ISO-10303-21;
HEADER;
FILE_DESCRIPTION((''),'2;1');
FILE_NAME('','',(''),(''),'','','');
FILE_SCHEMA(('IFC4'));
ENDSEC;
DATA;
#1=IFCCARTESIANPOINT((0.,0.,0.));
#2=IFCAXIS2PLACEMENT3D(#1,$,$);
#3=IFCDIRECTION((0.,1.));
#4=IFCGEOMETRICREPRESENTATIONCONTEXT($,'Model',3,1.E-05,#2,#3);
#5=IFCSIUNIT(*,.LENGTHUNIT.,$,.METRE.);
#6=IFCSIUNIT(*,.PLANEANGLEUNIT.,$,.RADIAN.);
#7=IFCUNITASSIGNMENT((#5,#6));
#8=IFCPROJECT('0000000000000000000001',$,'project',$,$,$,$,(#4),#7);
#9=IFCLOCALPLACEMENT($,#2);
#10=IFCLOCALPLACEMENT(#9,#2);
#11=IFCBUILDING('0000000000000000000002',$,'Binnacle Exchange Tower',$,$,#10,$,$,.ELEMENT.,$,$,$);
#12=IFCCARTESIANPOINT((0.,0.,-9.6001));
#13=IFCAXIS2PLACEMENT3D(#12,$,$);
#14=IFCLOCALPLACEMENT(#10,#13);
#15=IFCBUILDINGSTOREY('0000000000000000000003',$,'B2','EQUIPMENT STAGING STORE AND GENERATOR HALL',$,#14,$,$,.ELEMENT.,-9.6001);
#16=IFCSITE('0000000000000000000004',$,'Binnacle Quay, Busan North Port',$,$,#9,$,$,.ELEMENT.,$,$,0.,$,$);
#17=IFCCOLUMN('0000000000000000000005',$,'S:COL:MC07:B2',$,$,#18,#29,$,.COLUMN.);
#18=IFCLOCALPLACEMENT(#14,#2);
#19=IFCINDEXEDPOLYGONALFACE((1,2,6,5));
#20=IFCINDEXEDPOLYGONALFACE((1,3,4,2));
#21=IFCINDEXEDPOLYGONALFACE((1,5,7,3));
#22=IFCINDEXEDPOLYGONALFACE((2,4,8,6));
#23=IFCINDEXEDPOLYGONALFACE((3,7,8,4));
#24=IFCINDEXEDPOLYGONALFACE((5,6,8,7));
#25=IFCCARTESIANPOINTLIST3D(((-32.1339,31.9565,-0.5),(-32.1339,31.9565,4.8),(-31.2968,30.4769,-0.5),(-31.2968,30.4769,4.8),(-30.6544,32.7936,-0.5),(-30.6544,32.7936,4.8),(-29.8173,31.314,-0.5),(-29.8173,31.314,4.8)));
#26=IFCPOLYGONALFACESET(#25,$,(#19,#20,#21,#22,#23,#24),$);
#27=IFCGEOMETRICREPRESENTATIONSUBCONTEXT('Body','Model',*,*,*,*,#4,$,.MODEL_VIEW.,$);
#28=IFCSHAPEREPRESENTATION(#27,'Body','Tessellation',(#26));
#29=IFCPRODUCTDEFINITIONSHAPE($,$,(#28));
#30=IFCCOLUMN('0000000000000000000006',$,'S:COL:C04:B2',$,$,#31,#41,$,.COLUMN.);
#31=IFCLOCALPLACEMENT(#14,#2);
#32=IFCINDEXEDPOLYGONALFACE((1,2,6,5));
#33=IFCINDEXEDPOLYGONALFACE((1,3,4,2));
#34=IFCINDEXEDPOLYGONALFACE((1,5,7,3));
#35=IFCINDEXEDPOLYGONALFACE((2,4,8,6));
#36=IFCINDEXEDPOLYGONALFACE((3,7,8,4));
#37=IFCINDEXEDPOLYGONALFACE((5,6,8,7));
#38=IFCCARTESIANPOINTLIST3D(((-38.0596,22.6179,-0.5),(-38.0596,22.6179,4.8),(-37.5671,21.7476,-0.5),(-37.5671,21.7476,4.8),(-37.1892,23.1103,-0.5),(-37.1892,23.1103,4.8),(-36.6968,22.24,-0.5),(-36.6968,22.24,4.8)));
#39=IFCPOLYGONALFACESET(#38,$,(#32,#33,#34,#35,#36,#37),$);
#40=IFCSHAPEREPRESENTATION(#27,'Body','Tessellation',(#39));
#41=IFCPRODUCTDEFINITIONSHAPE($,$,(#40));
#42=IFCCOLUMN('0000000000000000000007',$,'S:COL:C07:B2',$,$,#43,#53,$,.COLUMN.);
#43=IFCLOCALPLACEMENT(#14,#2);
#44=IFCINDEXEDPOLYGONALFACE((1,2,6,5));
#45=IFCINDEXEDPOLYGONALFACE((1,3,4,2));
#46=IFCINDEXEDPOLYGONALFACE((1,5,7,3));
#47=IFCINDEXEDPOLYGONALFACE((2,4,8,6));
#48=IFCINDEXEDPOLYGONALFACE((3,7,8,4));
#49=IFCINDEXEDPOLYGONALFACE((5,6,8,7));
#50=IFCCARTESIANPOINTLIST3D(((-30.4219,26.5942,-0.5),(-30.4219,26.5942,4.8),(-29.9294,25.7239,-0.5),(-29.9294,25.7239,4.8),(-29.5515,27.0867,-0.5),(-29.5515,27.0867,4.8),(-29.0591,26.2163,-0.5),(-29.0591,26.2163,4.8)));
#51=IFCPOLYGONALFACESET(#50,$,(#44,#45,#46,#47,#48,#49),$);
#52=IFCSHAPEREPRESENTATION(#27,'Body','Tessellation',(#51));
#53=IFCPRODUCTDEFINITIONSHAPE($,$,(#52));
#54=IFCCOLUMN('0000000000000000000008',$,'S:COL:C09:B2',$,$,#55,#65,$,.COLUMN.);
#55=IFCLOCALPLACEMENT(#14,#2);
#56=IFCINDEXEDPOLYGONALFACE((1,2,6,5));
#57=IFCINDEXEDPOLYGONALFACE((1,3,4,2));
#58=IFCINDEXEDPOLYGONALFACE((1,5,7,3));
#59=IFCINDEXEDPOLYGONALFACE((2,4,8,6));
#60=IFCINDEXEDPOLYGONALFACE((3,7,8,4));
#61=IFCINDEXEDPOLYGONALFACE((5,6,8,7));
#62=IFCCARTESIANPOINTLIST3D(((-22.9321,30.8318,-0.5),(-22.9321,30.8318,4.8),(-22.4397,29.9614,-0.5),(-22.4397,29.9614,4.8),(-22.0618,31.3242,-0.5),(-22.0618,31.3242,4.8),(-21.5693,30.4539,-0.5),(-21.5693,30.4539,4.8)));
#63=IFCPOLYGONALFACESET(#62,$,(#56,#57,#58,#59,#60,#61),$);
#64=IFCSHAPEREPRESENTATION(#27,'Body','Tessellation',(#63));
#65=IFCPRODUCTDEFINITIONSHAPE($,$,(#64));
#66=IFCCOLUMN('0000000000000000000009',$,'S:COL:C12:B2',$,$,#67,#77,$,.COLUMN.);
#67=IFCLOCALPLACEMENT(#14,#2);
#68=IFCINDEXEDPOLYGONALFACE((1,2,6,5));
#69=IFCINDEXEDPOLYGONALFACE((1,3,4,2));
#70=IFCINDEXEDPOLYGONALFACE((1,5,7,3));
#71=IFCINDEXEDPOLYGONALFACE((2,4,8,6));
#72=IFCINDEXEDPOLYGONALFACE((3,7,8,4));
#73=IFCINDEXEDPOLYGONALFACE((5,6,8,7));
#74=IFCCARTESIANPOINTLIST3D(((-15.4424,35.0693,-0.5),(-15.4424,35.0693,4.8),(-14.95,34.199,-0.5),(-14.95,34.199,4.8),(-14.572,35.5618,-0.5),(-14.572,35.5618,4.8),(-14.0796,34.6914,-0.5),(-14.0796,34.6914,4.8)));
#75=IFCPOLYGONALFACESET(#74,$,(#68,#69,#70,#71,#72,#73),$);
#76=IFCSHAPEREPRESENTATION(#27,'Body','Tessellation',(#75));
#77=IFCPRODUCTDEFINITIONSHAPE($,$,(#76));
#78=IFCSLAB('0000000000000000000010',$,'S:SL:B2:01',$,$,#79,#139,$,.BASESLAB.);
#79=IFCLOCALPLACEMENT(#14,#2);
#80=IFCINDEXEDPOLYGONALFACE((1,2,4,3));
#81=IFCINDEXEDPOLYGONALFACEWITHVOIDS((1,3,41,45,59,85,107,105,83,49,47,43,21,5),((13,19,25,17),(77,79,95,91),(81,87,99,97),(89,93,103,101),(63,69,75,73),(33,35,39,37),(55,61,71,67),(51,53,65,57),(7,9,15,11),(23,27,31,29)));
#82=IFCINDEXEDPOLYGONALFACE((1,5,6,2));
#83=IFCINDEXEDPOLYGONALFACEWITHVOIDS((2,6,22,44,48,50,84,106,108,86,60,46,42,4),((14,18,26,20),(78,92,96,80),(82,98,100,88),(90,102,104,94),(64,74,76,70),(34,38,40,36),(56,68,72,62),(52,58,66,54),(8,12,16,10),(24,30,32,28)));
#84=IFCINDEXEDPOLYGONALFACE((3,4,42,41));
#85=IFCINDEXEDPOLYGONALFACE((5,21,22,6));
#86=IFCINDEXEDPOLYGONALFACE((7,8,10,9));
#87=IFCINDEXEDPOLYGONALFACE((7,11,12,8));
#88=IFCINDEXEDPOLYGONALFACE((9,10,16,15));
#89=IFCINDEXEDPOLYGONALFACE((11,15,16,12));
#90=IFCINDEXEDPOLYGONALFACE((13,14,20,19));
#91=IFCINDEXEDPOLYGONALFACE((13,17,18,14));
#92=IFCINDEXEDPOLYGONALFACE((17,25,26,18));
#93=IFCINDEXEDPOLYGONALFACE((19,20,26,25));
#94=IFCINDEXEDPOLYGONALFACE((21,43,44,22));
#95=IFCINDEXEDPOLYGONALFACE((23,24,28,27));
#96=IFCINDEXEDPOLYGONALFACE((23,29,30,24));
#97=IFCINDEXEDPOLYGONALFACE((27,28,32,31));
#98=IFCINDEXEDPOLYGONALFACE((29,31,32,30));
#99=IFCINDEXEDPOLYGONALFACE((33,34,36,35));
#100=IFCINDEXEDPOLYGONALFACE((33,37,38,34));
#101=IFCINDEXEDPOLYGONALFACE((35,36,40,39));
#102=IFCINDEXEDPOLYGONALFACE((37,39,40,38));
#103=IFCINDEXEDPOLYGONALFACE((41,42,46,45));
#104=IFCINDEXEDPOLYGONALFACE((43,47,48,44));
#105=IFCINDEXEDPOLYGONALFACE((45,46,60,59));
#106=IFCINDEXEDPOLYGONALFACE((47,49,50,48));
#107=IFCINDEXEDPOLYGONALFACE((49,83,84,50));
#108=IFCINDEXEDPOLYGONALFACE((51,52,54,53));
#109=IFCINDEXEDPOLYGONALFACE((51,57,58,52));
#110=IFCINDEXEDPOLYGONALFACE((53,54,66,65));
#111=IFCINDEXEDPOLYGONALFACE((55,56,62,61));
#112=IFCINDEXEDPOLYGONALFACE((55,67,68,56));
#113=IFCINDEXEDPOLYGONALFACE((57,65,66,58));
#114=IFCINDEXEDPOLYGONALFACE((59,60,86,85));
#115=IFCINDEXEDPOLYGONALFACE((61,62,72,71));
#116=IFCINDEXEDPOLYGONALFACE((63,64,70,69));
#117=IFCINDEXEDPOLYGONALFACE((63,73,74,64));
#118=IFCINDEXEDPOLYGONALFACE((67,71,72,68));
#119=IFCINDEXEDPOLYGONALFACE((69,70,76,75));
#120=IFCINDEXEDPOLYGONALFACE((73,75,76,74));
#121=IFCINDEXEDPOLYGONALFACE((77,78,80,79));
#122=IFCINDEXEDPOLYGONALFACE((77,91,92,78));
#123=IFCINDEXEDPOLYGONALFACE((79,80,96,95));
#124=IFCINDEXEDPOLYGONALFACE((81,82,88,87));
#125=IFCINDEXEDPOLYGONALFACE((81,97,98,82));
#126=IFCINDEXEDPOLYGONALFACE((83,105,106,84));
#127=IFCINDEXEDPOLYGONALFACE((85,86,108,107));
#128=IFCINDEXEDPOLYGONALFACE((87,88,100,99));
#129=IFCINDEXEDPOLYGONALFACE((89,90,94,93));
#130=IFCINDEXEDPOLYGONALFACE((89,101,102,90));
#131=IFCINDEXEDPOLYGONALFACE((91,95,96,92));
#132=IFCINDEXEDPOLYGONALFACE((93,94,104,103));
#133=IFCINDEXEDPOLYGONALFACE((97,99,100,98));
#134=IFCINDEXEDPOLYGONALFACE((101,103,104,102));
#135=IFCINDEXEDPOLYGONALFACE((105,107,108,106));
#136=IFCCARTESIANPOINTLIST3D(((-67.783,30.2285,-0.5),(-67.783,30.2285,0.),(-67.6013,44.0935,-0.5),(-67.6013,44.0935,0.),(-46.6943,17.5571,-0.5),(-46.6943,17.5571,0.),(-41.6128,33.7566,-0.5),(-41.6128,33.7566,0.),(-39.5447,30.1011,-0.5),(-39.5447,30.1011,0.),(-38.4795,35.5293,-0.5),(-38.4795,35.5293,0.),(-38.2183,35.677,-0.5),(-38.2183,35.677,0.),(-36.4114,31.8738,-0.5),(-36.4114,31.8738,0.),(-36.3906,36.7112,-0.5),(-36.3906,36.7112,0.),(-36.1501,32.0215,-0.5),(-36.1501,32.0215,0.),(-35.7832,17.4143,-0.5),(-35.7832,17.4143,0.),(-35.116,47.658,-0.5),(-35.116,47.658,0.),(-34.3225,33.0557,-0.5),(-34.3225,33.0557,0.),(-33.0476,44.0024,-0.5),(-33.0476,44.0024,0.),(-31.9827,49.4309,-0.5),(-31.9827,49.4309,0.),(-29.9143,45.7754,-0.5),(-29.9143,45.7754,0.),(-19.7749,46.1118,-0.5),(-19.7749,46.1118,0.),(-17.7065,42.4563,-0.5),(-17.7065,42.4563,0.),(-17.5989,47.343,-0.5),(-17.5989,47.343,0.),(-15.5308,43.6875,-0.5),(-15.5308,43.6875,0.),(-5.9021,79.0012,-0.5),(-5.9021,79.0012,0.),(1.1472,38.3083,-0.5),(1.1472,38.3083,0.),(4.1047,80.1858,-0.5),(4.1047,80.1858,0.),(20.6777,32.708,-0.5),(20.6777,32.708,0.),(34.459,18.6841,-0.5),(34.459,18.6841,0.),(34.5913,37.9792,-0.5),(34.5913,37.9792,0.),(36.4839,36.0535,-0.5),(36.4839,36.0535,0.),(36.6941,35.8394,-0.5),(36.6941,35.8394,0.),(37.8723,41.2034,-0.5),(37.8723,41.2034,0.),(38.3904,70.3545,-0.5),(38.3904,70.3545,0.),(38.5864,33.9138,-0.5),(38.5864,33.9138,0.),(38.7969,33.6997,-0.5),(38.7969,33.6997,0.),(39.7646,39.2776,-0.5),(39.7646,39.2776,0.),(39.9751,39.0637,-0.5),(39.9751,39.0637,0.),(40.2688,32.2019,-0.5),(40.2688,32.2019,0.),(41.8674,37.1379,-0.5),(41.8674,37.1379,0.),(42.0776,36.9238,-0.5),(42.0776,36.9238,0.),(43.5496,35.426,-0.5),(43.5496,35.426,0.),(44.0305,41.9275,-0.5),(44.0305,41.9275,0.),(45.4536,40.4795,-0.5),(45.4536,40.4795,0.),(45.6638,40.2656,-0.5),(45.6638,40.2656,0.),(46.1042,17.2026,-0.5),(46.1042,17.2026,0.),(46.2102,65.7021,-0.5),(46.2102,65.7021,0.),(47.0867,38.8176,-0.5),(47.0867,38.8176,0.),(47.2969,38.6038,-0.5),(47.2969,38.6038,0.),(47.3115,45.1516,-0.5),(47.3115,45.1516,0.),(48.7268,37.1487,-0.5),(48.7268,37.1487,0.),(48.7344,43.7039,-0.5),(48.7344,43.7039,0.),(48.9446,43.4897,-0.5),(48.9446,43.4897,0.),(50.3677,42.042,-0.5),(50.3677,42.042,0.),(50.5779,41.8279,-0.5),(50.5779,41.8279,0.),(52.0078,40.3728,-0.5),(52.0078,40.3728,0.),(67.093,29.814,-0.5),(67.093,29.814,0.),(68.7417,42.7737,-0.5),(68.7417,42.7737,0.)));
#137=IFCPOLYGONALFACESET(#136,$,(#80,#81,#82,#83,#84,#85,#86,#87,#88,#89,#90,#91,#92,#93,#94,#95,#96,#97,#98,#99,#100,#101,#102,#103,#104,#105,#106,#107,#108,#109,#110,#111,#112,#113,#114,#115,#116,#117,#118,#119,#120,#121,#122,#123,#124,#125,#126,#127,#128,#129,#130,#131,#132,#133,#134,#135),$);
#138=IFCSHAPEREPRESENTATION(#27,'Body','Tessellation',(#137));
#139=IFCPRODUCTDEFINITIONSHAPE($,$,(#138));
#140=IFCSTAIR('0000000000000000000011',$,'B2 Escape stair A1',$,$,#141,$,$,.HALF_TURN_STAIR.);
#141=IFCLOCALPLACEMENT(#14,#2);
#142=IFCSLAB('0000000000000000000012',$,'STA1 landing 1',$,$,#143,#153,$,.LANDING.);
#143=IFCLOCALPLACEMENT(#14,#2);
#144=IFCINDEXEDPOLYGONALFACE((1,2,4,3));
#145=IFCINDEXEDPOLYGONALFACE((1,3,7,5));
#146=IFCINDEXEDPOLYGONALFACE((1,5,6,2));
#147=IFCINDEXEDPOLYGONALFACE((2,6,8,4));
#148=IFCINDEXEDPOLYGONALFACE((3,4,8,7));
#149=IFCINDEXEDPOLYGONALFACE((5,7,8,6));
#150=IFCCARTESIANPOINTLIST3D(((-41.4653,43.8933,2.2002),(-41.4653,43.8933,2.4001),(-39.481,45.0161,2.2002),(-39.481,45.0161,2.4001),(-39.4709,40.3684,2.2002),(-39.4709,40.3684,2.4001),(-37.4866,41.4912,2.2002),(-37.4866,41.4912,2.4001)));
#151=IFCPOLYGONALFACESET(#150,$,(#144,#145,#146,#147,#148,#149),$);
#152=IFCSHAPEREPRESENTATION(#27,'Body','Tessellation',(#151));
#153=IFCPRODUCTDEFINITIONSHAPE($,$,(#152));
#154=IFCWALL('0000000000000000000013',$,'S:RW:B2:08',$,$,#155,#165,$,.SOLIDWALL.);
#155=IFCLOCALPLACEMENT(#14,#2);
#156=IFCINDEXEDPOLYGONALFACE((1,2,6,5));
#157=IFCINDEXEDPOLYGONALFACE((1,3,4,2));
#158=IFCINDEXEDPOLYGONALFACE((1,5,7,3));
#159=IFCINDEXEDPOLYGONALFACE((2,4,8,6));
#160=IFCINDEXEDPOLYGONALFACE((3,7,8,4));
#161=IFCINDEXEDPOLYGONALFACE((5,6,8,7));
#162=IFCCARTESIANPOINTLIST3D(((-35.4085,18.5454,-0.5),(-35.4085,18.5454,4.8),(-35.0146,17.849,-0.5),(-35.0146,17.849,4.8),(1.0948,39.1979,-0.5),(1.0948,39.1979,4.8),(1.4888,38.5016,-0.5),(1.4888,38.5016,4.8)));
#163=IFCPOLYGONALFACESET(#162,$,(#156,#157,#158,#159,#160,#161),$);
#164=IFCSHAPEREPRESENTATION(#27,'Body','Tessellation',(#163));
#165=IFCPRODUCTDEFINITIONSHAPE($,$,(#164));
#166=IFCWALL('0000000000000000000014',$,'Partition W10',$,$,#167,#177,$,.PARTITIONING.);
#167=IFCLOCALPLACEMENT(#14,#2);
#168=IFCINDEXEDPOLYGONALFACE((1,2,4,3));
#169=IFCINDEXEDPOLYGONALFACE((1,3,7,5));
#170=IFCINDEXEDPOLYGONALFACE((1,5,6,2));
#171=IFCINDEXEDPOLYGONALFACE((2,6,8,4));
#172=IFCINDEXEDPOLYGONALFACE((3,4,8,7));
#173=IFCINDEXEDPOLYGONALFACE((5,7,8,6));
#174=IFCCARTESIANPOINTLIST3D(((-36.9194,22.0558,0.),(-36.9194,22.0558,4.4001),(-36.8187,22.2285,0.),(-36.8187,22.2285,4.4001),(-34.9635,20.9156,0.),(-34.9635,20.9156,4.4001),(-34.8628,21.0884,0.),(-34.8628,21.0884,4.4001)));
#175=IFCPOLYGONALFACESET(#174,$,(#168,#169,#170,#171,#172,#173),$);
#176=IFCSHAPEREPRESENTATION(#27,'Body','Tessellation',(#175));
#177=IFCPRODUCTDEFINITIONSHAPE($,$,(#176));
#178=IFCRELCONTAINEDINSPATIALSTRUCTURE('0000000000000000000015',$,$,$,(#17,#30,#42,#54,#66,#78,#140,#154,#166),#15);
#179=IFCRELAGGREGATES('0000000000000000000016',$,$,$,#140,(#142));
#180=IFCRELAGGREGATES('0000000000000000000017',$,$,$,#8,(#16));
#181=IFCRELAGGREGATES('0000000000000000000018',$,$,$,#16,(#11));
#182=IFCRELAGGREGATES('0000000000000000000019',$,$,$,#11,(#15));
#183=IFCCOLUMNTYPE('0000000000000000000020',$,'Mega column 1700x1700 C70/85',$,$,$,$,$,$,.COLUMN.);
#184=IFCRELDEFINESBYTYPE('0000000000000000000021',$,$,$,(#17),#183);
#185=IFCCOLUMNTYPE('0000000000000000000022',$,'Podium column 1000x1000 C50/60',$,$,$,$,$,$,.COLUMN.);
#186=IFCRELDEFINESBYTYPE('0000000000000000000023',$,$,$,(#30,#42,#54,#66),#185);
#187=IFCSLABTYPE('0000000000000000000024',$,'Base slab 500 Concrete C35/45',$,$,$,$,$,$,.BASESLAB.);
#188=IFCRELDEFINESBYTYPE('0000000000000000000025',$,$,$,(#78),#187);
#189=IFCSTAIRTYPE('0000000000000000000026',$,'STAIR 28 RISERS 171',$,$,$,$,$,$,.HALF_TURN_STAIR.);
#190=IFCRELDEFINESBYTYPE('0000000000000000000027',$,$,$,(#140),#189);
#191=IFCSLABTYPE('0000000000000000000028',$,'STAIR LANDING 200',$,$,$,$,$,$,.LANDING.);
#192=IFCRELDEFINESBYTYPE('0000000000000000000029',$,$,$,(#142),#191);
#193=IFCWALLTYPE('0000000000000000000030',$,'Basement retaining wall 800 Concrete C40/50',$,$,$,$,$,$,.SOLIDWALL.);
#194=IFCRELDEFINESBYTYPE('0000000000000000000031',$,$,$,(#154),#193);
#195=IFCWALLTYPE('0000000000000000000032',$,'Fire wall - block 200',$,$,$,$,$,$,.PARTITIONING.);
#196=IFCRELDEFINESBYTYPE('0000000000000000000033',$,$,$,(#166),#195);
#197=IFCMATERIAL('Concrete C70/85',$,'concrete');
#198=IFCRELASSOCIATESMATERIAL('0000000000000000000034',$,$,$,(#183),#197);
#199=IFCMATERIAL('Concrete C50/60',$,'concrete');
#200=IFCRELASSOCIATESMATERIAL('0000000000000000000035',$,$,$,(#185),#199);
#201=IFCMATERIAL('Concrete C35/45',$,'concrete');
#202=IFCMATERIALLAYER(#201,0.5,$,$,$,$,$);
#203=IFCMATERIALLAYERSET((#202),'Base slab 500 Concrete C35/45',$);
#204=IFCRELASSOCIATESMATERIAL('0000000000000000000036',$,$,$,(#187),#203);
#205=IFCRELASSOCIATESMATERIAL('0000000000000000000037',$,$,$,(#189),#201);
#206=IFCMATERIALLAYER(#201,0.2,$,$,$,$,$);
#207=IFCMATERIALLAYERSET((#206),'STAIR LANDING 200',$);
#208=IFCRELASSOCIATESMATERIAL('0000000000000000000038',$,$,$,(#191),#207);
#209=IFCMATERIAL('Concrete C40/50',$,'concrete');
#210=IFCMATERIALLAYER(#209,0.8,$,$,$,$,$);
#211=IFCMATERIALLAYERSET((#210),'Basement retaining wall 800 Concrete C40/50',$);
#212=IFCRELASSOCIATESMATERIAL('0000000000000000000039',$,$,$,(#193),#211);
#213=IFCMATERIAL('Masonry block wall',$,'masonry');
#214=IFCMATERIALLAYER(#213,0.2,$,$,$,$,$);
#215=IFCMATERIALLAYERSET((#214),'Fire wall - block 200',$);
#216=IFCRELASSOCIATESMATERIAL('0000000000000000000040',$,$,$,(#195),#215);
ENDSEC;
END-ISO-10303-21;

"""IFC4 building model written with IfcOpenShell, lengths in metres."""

from ifc_helpers import new_model, si_unit, direction, frame, frame_2d, origin, origin_2d, place, context, subcontext, project, spatial, polyline, rectangle, outline, extrude, material, layer, layer_set, material_profile, profile_set, type_object, element, aggregate, save


model = new_model("IFC4")

# Units and contexts
model_context = context("Model", 3, precision=1e-05, world=origin(), true_north=direction((0.0, 1.0)))
body_context = subcontext(model_context, "Body", "Model", "MODEL_VIEW")
ifc_project = project(units=[si_unit("LENGTHUNIT", "METRE"), si_unit("PLANEANGLEUNIT", "RADIAN")], contexts=[model_context])

# Site, building, storey
site_placement = place(None, origin())
site = spatial("IfcSite", under=ifc_project, at=site_placement, Name="Binnacle Quay, Busan North Port", CompositionType="ELEMENT", RefElevation=0.0)
building_placement = place(site_placement, origin())
building = spatial("IfcBuilding", under=site, at=building_placement, Name="Binnacle Exchange Tower", CompositionType="ELEMENT")
storey_placement = place(building_placement, frame((0.0, 0.0, -9.6001)))
storey = spatial("IfcBuildingStorey", under=building, at=storey_placement, Name="B2", Description="EQUIPMENT STAGING STORE AND GENERATOR HALL", CompositionType="ELEMENT", Elevation=-9.6001)

# Shared definitions
ifc_material_1 = material(Name="Concrete C40/50", Category="concrete")

# Columns
ifc_material_2 = material(Name="Concrete C70/85", Category="concrete")
ifc_material_profile_1 = material_profile(ifc_material_2, rectangle(XDim=1.7, YDim=1.7, at=origin_2d()), Name="Mega column 1700x1700 C70/85")
ifc_profile_set_1 = profile_set([ifc_material_profile_1], Name="Concrete C70/85")
column_type_1 = type_object("IfcColumnType", Name="Mega column 1700x1700 C70/85", PredefinedType="COLUMN", material=ifc_profile_set_1)
column_placement = place(storey_placement, frame((-30.9756, 31.6353, -0.5), z_axis=(0.0, 0.0, 1.0), x_axis=(0.870356, 0.492424, 0.0)))
element("IfcColumn", 1, at=column_placement, inside=storey, type_object=column_type_1, Name="S:COL:MC07:B2", PredefinedType="COLUMN", context=body_context, shape_type="SweptSolid", body=[
    extrude(rectangle(XDim=1.7, YDim=1.7, at=origin_2d()), origin(), (0.0, 0.0, 1.0), 5.3),
])
ifc_material_3 = material(Name="Concrete C50/60", Category="concrete")
ifc_material_profile_2 = material_profile(ifc_material_3, rectangle(XDim=1.0, YDim=1.0, at=origin_2d()), Name="Podium column 1000x1000 C50/60")
ifc_profile_set_2 = profile_set([ifc_material_profile_2], Name="Concrete C50/60")
column_type_2 = type_object("IfcColumnType", Name="Podium column 1000x1000 C50/60", PredefinedType="COLUMN", material=ifc_profile_set_2)
for number, where, z_axis, x_axis, name in (
    (2, (-37.3782, 22.429, -0.5), (0.0, 0.0, 1.0), (0.870356, 0.492424, 0.0), "S:COL:C04:B2"),
    (3, (-29.7405, 26.4053, -0.5), (0.0, 0.0, 1.0), (0.870356, 0.492424, 0.0), "S:COL:C07:B2"),
    (4, (-22.2507, 30.6428, -0.5), (0.0, 0.0, 1.0), (0.870356, 0.492424, 0.0), "S:COL:C09:B2"),
    (5, (-14.761, 34.8804, -0.5), (0.0, 0.0, 1.0), (0.870356, 0.492424, 0.0), "S:COL:C12:B2"),
):
    element("IfcColumn", number, at=place(storey_placement, frame(where, z_axis=z_axis, x_axis=x_axis)), inside=storey, type_object=column_type_2, Name=name, PredefinedType="COLUMN", context=body_context, shape_type="SweptSolid", body=[
        extrude(rectangle(XDim=1.0, YDim=1.0, at=origin_2d()), origin(), (0.0, 0.0, 1.0), 5.3),
    ])

# Slab
ifc_material_4 = material(Name="Concrete C35/45", Category="concrete")
ifc_layer_1 = layer(ifc_material_4, 0.5)
ifc_layer_set_1 = layer_set([ifc_layer_1], Name="Base slab 500 Concrete C35/45")
slab_type_1 = type_object("IfcSlabType", Name="Base slab 500 Concrete C35/45", PredefinedType="BASESLAB", material=ifc_layer_set_1)
slab_1_placement = place(storey_placement, frame((0.0, 0.0, -0.5)))
element("IfcSlab", 6, at=slab_1_placement, inside=storey, type_object=slab_type_1, Name="S:SL:B2:01", PredefinedType="BASESLAB", context=body_context, shape_type="SweptSolid", body=[
    extrude(outline(polyline([(68.7417, 42.7737), (67.093, 29.814), (46.1042, 17.2026), (34.459, 18.6841), (20.6777, 32.708), (1.1472, 38.3083), (-35.7832, 17.4143), (-46.6943, 17.5571), (-67.783, 30.2285), (-67.6013, 44.0935), (-5.9021, 79.0012), (4.1047, 80.1858), (38.3904, 70.3545), (46.2102, 65.7021), (68.7417, 42.7737)]), holes=[polyline([(-38.4795, 35.5293), (-41.6128, 33.7566), (-39.5447, 30.1011), (-36.4114, 31.8738), (-38.4795, 35.5293)]), polyline([(-36.3906, 36.7112), (-38.2183, 35.677), (-36.1501, 32.0215), (-34.3225, 33.0557), (-36.3906, 36.7112)]), polyline([(43.5496, 35.426), (42.0776, 36.9238), (38.7969, 33.6997), (40.2688, 32.2019), (43.5496, 35.426)]), polyline([(38.5864, 33.9138), (41.8674, 37.1379), (39.9751, 39.0637), (36.6941, 35.8394), (38.5864, 33.9138)]), polyline([(36.4839, 36.0535), (39.7646, 39.2776), (37.8723, 41.2034), (34.5913, 37.9792), (36.4839, 36.0535)]), polyline([(52.0078, 40.3728), (50.5779, 41.8279), (47.2969, 38.6038), (48.7268, 37.1487), (52.0078, 40.3728)]), polyline([(50.3677, 42.042), (48.9446, 43.4897), (45.6638, 40.2656), (47.0867, 38.8176), (50.3677, 42.042)]), polyline([(48.7344, 43.7039), (47.3115, 45.1516), (44.0305, 41.9275), (45.4536, 40.4795), (48.7344, 43.7039)]), polyline([(-15.5308, 43.6875), (-17.5989, 47.343), (-19.7749, 46.1118), (-17.7065, 42.4563), (-15.5308, 43.6875)]), polyline([(-29.9143, 45.7754), (-31.9827, 49.4309), (-35.116, 47.658), (-33.0476, 44.0024), (-29.9143, 45.7754)])]), origin(), (0.0, 0.0, 1.0), 0.5),
])

# Stair, slab
stair_type = type_object("IfcStairType", Name="STAIR 28 RISERS 171", PredefinedType="HALF_TURN_STAIR", material=ifc_material_4)
stair_placement = place(storey_placement, origin())
stair = element("IfcStair", 7, at=stair_placement, inside=storey, type_object=stair_type, Name="B2 Escape stair A1", PredefinedType="HALF_TURN_STAIR")
ifc_layer_2 = layer(ifc_material_4, 0.2)
ifc_layer_set_2 = layer_set([ifc_layer_2], Name="STAIR LANDING 200")
slab_type_2 = type_object("IfcSlabType", Name="STAIR LANDING 200", PredefinedType="LANDING", material=ifc_layer_set_2)
slab_2_placement = place(storey_placement, frame((0.0, 0.0, 2.2002)))
slab_2 = element("IfcSlab", 8, at=slab_2_placement, type_object=slab_type_2, Name="STA1 landing 1", PredefinedType="LANDING", context=body_context, shape_type="SweptSolid", body=[
    extrude(outline(polyline([(-39.4709, 40.3684), (-37.4866, 41.4912), (-39.481, 45.0161), (-41.4653, 43.8933), (-39.4709, 40.3684)])), origin(), (0.0, 0.0, 1.0), 0.2),
])
aggregate(stair, [slab_2])

# Walls
ifc_layer_3 = layer(ifc_material_1, 0.8)
ifc_layer_set_3 = layer_set([ifc_layer_3], Name="Basement retaining wall 800 Concrete C40/50")
wall_type_1 = type_object("IfcWallType", Name="Basement retaining wall 800 Concrete C40/50", PredefinedType="SOLIDWALL", material=ifc_layer_set_3)
wall_1_placement = place(storey_placement, frame((-35.2114, 18.1973, -0.5), z_axis=(0.0, 0.0, 1.0), x_axis=(0.870356, 0.492423, 0.0)))
element("IfcWall", 9, at=wall_1_placement, inside=storey, type_object=wall_type_1, Name="S:RW:B2:08", PredefinedType="SOLIDWALL", context=body_context, shape_type="SweptSolid", body=[
    extrude(rectangle(XDim=41.9407, YDim=0.8, at=frame_2d((20.9702, 0.0))), origin(), (0.0, 0.0, 1.0), 5.3),
])
ifc_material_5 = material(Name="Masonry block wall", Category="masonry")
ifc_layer_4 = layer(ifc_material_5, 0.2)
ifc_layer_set_4 = layer_set([ifc_layer_4], Name="Fire wall - block 200")
wall_type_2 = type_object("IfcWallType", Name="Fire wall - block 200", PredefinedType="PARTITIONING", material=ifc_layer_set_4)
wall_2_placement = place(storey_placement, frame((-36.8689, 22.1421, 0.0), z_axis=(0.0, 0.0, 1.0), x_axis=(0.863924, -0.503623, 0.0)))
element("IfcWall", 10, at=wall_2_placement, inside=storey, type_object=wall_type_2, Name="Partition W10", PredefinedType="PARTITIONING", context=body_context, shape_type="SweptSolid", body=[
    extrude(rectangle(XDim=2.2639, YDim=0.2, at=frame_2d((1.1318, 0.0))), origin(), (0.0, 0.0, 1.0), 4.4001),
])

save(model, "model.ifc")
